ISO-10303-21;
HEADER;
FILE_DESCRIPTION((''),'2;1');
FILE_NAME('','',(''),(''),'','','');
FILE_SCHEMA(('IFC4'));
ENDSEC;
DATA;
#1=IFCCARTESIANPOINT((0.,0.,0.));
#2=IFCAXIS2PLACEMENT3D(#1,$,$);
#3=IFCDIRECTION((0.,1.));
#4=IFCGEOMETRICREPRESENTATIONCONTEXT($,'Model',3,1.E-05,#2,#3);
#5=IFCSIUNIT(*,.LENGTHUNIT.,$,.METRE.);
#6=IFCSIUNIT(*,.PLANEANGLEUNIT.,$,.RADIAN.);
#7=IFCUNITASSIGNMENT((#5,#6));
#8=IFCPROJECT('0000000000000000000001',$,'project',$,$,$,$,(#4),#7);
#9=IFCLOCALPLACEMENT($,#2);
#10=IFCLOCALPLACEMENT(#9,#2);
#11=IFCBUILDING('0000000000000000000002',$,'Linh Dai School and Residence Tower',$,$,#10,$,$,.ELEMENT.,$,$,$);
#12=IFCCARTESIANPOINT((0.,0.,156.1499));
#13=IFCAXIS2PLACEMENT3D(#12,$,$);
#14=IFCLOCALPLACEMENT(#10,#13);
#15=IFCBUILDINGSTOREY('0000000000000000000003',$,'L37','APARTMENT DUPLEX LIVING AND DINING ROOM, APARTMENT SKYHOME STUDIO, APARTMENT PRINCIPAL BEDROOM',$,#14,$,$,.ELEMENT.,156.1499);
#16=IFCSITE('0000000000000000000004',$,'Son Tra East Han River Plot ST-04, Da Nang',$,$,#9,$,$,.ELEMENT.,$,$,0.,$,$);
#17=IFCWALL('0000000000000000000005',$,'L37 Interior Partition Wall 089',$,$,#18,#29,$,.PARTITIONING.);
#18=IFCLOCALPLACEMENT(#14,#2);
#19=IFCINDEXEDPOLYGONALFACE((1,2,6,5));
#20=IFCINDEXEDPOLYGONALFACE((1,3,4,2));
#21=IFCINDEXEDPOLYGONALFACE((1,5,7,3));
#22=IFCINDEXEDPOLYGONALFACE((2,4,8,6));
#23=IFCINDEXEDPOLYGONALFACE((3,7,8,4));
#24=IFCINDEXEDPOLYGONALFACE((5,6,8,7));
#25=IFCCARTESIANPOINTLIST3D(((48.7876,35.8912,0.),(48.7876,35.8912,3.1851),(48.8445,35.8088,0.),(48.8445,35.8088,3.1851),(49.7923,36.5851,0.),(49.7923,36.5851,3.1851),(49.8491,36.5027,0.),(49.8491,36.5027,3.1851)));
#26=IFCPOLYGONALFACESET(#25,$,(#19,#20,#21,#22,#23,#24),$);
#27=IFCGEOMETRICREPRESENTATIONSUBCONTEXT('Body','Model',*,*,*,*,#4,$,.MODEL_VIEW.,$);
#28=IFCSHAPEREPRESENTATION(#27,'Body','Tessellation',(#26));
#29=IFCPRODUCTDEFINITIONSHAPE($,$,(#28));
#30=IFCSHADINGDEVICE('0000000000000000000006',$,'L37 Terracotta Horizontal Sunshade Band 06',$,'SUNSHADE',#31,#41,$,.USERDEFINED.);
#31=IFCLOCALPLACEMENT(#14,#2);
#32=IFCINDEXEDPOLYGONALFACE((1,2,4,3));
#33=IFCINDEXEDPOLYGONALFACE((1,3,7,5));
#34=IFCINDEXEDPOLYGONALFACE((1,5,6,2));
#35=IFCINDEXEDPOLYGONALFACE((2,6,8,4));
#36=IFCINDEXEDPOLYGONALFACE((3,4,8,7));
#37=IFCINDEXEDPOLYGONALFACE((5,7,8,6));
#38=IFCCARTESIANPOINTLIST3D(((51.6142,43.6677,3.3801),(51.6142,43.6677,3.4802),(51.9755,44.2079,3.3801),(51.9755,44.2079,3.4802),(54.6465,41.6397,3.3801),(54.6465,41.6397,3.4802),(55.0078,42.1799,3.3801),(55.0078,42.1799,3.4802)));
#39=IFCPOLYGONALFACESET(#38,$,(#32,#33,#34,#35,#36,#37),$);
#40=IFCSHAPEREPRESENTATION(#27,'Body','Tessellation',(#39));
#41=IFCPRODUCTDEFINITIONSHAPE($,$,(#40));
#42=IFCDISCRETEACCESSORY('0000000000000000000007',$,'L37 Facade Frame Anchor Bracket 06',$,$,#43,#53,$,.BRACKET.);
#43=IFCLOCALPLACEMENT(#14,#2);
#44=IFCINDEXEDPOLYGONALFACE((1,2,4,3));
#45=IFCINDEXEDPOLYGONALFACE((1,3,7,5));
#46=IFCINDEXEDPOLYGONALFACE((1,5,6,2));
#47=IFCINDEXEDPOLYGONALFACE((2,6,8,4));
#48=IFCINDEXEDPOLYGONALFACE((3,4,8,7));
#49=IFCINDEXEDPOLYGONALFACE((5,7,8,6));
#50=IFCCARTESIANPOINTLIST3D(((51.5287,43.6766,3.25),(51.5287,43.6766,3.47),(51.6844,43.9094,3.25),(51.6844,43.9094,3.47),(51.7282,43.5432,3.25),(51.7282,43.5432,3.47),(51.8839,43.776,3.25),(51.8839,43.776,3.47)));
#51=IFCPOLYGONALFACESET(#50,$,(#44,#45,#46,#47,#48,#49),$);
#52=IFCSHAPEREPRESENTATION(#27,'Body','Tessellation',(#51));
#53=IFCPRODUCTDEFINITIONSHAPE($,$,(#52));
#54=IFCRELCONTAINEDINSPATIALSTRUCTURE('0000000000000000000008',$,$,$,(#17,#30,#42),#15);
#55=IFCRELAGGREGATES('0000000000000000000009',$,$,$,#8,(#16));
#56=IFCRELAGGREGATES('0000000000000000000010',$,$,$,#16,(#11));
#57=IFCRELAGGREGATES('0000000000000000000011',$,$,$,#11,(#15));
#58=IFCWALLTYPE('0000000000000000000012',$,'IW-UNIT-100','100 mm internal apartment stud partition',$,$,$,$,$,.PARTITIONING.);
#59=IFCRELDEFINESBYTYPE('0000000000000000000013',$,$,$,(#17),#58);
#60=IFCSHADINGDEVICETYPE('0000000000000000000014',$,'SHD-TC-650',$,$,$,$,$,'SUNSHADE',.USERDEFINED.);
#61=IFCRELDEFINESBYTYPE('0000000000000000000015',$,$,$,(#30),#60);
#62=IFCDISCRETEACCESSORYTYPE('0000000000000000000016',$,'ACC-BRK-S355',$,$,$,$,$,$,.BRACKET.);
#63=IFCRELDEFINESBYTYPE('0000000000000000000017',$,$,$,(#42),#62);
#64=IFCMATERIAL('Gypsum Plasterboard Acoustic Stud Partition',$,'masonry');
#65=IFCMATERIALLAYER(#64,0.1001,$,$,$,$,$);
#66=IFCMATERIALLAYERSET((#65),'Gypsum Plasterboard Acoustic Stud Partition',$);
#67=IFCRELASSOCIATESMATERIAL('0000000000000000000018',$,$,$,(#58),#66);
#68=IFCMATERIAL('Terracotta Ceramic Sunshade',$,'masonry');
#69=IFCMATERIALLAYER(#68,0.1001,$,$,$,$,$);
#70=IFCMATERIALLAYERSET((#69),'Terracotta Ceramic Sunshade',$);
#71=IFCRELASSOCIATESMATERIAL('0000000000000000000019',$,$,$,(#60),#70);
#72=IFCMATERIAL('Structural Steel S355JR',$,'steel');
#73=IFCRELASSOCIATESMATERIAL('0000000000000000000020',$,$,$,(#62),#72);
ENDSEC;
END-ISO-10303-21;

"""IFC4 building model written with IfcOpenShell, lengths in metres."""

from ifc_helpers import new_model, si_unit, direction, frame, frame_2d, origin, origin_2d, place, context, subcontext, project, spatial, rectangle, extrude, source, transform, mapped, material, layer, layer_set, type_object, element, save


model = new_model("IFC4")

# Units and contexts
model_context = context("Model", 3, precision=1e-05, world=origin(), true_north=direction((0.0, 1.0)))
body_context = subcontext(model_context, "Body", "Model", "MODEL_VIEW")
ifc_project = project(units=[si_unit("LENGTHUNIT", "METRE"), si_unit("PLANEANGLEUNIT", "RADIAN")], contexts=[model_context])

# Site, building, storey
site_placement = place(None, origin())
site = spatial("IfcSite", under=ifc_project, at=site_placement, Name="Son Tra East Han River Plot ST-04, Da Nang", CompositionType="ELEMENT", RefElevation=0.0)
building_placement = place(site_placement, origin())
building = spatial("IfcBuilding", under=site, at=building_placement, Name="Linh Dai School and Residence Tower", CompositionType="ELEMENT")
storey_placement = place(building_placement, frame((0.0, 0.0, 156.1499)))
storey = spatial("IfcBuildingStorey", under=building, at=storey_placement, Name="L37", Description="APARTMENT DUPLEX LIVING AND DINING ROOM, APARTMENT SKYHOME STUDIO, APARTMENT PRINCIPAL BEDROOM", CompositionType="ELEMENT", Elevation=156.1499)

# Shared definitions
ifc_material_1 = material(Name="Structural Steel S355JR", Category="steel")

# Shared definitions
ifc_material_2 = material(Name="Gypsum Plasterboard Acoustic Stud Partition", Category="masonry")
ifc_layer_1 = layer(ifc_material_2, 0.1001)
ifc_layer_set_1 = layer_set([ifc_layer_1], Name="Gypsum Plasterboard Acoustic Stud Partition")
wall_type_1 = type_object("IfcWallType", Name="IW-UNIT-100", Description="100 mm internal apartment stud partition", PredefinedType="PARTITIONING", material=ifc_layer_set_1)

# Wall
wall_1_placement = place(storey_placement, frame((48.8162, 35.8501, 0.0), z_axis=(0.0, 0.0, 1.0), x_axis=(0.822832, 0.568284, 0.0)))
element("IfcWall", 1, at=wall_1_placement, inside=storey, type_object=wall_type_1, Name="L37 Interior Partition Wall 089", PredefinedType="PARTITIONING", context=body_context, shape_type="SweptSolid", body=[
    extrude(rectangle(XDim=1.2209, YDim=0.1001, at=frame_2d((0.6104, 0.0))), origin(), (0.0, 0.0, 1.0), 3.1851),
])

# Shading device
ifc_material_3 = material(Name="Terracotta Ceramic Sunshade", Category="masonry")
ifc_layer_2 = layer(ifc_material_3, 0.1001)
ifc_layer_set_2 = layer_set([ifc_layer_2], Name="Terracotta Ceramic Sunshade")
shading_device_type = type_object("IfcShadingDeviceType", Name="SHD-TC-650", ElementType="SUNSHADE", PredefinedType="USERDEFINED", material=ifc_layer_set_2)
shared_shape_1 = source(origin(), body_context, "Body", "SweptSolid", [
    extrude(rectangle(XDim=3.6479, YDim=0.6499, at=origin_2d()), origin(), (0.0, 0.0, 1.0), 0.1001),
])
shading_device_placement = place(storey_placement, frame((53.311, 42.9238, 3.3801), z_axis=(0.0, 0.0, 1.0), x_axis=(0.831228, -0.555931, 0.0)))
element("IfcShadingDevice", 2, at=shading_device_placement, inside=storey, type_object=shading_device_type, Name="L37 Terracotta Horizontal Sunshade Band 06", ObjectType="SUNSHADE", PredefinedType="USERDEFINED", context=body_context, shape_type="MappedRepresentation", body=[
    mapped(shared_shape_1, transform((0.0, 0.0, 0.0), x_axis=(1.0, 0.0, 0.0), y_axis=(0.0, 1.0, 0.0), z_axis=(0.0, 0.0, 1.0), scale=1.0)),
])

# Discrete accessory
discrete_accessory_type = type_object("IfcDiscreteAccessoryType", Name="ACC-BRK-S355", PredefinedType="BRACKET", material=ifc_material_1)
shared_shape_2 = source(origin(), body_context, "Body", "SweptSolid", [
    extrude(rectangle(XDim=0.28, YDim=0.24, at=origin_2d()), origin(), (0.0, 0.0, 1.0), 0.22),
])
discrete_accessory_placement = place(storey_placement, frame((51.7063, 43.7263, 3.25), z_axis=(0.0, 0.0, 1.0), x_axis=(0.555931, 0.831228, 0.0)))
element("IfcDiscreteAccessory", 3, at=discrete_accessory_placement, inside=storey, type_object=discrete_accessory_type, Name="L37 Facade Frame Anchor Bracket 06", PredefinedType="BRACKET", context=body_context, shape_type="MappedRepresentation", body=[
    mapped(shared_shape_2, transform((0.0, 0.0, 0.0), x_axis=(1.0, 0.0, 0.0), y_axis=(0.0, 1.0, 0.0), z_axis=(0.0, 0.0, 1.0), scale=1.0)),
])

save(model, "model.ifc")
